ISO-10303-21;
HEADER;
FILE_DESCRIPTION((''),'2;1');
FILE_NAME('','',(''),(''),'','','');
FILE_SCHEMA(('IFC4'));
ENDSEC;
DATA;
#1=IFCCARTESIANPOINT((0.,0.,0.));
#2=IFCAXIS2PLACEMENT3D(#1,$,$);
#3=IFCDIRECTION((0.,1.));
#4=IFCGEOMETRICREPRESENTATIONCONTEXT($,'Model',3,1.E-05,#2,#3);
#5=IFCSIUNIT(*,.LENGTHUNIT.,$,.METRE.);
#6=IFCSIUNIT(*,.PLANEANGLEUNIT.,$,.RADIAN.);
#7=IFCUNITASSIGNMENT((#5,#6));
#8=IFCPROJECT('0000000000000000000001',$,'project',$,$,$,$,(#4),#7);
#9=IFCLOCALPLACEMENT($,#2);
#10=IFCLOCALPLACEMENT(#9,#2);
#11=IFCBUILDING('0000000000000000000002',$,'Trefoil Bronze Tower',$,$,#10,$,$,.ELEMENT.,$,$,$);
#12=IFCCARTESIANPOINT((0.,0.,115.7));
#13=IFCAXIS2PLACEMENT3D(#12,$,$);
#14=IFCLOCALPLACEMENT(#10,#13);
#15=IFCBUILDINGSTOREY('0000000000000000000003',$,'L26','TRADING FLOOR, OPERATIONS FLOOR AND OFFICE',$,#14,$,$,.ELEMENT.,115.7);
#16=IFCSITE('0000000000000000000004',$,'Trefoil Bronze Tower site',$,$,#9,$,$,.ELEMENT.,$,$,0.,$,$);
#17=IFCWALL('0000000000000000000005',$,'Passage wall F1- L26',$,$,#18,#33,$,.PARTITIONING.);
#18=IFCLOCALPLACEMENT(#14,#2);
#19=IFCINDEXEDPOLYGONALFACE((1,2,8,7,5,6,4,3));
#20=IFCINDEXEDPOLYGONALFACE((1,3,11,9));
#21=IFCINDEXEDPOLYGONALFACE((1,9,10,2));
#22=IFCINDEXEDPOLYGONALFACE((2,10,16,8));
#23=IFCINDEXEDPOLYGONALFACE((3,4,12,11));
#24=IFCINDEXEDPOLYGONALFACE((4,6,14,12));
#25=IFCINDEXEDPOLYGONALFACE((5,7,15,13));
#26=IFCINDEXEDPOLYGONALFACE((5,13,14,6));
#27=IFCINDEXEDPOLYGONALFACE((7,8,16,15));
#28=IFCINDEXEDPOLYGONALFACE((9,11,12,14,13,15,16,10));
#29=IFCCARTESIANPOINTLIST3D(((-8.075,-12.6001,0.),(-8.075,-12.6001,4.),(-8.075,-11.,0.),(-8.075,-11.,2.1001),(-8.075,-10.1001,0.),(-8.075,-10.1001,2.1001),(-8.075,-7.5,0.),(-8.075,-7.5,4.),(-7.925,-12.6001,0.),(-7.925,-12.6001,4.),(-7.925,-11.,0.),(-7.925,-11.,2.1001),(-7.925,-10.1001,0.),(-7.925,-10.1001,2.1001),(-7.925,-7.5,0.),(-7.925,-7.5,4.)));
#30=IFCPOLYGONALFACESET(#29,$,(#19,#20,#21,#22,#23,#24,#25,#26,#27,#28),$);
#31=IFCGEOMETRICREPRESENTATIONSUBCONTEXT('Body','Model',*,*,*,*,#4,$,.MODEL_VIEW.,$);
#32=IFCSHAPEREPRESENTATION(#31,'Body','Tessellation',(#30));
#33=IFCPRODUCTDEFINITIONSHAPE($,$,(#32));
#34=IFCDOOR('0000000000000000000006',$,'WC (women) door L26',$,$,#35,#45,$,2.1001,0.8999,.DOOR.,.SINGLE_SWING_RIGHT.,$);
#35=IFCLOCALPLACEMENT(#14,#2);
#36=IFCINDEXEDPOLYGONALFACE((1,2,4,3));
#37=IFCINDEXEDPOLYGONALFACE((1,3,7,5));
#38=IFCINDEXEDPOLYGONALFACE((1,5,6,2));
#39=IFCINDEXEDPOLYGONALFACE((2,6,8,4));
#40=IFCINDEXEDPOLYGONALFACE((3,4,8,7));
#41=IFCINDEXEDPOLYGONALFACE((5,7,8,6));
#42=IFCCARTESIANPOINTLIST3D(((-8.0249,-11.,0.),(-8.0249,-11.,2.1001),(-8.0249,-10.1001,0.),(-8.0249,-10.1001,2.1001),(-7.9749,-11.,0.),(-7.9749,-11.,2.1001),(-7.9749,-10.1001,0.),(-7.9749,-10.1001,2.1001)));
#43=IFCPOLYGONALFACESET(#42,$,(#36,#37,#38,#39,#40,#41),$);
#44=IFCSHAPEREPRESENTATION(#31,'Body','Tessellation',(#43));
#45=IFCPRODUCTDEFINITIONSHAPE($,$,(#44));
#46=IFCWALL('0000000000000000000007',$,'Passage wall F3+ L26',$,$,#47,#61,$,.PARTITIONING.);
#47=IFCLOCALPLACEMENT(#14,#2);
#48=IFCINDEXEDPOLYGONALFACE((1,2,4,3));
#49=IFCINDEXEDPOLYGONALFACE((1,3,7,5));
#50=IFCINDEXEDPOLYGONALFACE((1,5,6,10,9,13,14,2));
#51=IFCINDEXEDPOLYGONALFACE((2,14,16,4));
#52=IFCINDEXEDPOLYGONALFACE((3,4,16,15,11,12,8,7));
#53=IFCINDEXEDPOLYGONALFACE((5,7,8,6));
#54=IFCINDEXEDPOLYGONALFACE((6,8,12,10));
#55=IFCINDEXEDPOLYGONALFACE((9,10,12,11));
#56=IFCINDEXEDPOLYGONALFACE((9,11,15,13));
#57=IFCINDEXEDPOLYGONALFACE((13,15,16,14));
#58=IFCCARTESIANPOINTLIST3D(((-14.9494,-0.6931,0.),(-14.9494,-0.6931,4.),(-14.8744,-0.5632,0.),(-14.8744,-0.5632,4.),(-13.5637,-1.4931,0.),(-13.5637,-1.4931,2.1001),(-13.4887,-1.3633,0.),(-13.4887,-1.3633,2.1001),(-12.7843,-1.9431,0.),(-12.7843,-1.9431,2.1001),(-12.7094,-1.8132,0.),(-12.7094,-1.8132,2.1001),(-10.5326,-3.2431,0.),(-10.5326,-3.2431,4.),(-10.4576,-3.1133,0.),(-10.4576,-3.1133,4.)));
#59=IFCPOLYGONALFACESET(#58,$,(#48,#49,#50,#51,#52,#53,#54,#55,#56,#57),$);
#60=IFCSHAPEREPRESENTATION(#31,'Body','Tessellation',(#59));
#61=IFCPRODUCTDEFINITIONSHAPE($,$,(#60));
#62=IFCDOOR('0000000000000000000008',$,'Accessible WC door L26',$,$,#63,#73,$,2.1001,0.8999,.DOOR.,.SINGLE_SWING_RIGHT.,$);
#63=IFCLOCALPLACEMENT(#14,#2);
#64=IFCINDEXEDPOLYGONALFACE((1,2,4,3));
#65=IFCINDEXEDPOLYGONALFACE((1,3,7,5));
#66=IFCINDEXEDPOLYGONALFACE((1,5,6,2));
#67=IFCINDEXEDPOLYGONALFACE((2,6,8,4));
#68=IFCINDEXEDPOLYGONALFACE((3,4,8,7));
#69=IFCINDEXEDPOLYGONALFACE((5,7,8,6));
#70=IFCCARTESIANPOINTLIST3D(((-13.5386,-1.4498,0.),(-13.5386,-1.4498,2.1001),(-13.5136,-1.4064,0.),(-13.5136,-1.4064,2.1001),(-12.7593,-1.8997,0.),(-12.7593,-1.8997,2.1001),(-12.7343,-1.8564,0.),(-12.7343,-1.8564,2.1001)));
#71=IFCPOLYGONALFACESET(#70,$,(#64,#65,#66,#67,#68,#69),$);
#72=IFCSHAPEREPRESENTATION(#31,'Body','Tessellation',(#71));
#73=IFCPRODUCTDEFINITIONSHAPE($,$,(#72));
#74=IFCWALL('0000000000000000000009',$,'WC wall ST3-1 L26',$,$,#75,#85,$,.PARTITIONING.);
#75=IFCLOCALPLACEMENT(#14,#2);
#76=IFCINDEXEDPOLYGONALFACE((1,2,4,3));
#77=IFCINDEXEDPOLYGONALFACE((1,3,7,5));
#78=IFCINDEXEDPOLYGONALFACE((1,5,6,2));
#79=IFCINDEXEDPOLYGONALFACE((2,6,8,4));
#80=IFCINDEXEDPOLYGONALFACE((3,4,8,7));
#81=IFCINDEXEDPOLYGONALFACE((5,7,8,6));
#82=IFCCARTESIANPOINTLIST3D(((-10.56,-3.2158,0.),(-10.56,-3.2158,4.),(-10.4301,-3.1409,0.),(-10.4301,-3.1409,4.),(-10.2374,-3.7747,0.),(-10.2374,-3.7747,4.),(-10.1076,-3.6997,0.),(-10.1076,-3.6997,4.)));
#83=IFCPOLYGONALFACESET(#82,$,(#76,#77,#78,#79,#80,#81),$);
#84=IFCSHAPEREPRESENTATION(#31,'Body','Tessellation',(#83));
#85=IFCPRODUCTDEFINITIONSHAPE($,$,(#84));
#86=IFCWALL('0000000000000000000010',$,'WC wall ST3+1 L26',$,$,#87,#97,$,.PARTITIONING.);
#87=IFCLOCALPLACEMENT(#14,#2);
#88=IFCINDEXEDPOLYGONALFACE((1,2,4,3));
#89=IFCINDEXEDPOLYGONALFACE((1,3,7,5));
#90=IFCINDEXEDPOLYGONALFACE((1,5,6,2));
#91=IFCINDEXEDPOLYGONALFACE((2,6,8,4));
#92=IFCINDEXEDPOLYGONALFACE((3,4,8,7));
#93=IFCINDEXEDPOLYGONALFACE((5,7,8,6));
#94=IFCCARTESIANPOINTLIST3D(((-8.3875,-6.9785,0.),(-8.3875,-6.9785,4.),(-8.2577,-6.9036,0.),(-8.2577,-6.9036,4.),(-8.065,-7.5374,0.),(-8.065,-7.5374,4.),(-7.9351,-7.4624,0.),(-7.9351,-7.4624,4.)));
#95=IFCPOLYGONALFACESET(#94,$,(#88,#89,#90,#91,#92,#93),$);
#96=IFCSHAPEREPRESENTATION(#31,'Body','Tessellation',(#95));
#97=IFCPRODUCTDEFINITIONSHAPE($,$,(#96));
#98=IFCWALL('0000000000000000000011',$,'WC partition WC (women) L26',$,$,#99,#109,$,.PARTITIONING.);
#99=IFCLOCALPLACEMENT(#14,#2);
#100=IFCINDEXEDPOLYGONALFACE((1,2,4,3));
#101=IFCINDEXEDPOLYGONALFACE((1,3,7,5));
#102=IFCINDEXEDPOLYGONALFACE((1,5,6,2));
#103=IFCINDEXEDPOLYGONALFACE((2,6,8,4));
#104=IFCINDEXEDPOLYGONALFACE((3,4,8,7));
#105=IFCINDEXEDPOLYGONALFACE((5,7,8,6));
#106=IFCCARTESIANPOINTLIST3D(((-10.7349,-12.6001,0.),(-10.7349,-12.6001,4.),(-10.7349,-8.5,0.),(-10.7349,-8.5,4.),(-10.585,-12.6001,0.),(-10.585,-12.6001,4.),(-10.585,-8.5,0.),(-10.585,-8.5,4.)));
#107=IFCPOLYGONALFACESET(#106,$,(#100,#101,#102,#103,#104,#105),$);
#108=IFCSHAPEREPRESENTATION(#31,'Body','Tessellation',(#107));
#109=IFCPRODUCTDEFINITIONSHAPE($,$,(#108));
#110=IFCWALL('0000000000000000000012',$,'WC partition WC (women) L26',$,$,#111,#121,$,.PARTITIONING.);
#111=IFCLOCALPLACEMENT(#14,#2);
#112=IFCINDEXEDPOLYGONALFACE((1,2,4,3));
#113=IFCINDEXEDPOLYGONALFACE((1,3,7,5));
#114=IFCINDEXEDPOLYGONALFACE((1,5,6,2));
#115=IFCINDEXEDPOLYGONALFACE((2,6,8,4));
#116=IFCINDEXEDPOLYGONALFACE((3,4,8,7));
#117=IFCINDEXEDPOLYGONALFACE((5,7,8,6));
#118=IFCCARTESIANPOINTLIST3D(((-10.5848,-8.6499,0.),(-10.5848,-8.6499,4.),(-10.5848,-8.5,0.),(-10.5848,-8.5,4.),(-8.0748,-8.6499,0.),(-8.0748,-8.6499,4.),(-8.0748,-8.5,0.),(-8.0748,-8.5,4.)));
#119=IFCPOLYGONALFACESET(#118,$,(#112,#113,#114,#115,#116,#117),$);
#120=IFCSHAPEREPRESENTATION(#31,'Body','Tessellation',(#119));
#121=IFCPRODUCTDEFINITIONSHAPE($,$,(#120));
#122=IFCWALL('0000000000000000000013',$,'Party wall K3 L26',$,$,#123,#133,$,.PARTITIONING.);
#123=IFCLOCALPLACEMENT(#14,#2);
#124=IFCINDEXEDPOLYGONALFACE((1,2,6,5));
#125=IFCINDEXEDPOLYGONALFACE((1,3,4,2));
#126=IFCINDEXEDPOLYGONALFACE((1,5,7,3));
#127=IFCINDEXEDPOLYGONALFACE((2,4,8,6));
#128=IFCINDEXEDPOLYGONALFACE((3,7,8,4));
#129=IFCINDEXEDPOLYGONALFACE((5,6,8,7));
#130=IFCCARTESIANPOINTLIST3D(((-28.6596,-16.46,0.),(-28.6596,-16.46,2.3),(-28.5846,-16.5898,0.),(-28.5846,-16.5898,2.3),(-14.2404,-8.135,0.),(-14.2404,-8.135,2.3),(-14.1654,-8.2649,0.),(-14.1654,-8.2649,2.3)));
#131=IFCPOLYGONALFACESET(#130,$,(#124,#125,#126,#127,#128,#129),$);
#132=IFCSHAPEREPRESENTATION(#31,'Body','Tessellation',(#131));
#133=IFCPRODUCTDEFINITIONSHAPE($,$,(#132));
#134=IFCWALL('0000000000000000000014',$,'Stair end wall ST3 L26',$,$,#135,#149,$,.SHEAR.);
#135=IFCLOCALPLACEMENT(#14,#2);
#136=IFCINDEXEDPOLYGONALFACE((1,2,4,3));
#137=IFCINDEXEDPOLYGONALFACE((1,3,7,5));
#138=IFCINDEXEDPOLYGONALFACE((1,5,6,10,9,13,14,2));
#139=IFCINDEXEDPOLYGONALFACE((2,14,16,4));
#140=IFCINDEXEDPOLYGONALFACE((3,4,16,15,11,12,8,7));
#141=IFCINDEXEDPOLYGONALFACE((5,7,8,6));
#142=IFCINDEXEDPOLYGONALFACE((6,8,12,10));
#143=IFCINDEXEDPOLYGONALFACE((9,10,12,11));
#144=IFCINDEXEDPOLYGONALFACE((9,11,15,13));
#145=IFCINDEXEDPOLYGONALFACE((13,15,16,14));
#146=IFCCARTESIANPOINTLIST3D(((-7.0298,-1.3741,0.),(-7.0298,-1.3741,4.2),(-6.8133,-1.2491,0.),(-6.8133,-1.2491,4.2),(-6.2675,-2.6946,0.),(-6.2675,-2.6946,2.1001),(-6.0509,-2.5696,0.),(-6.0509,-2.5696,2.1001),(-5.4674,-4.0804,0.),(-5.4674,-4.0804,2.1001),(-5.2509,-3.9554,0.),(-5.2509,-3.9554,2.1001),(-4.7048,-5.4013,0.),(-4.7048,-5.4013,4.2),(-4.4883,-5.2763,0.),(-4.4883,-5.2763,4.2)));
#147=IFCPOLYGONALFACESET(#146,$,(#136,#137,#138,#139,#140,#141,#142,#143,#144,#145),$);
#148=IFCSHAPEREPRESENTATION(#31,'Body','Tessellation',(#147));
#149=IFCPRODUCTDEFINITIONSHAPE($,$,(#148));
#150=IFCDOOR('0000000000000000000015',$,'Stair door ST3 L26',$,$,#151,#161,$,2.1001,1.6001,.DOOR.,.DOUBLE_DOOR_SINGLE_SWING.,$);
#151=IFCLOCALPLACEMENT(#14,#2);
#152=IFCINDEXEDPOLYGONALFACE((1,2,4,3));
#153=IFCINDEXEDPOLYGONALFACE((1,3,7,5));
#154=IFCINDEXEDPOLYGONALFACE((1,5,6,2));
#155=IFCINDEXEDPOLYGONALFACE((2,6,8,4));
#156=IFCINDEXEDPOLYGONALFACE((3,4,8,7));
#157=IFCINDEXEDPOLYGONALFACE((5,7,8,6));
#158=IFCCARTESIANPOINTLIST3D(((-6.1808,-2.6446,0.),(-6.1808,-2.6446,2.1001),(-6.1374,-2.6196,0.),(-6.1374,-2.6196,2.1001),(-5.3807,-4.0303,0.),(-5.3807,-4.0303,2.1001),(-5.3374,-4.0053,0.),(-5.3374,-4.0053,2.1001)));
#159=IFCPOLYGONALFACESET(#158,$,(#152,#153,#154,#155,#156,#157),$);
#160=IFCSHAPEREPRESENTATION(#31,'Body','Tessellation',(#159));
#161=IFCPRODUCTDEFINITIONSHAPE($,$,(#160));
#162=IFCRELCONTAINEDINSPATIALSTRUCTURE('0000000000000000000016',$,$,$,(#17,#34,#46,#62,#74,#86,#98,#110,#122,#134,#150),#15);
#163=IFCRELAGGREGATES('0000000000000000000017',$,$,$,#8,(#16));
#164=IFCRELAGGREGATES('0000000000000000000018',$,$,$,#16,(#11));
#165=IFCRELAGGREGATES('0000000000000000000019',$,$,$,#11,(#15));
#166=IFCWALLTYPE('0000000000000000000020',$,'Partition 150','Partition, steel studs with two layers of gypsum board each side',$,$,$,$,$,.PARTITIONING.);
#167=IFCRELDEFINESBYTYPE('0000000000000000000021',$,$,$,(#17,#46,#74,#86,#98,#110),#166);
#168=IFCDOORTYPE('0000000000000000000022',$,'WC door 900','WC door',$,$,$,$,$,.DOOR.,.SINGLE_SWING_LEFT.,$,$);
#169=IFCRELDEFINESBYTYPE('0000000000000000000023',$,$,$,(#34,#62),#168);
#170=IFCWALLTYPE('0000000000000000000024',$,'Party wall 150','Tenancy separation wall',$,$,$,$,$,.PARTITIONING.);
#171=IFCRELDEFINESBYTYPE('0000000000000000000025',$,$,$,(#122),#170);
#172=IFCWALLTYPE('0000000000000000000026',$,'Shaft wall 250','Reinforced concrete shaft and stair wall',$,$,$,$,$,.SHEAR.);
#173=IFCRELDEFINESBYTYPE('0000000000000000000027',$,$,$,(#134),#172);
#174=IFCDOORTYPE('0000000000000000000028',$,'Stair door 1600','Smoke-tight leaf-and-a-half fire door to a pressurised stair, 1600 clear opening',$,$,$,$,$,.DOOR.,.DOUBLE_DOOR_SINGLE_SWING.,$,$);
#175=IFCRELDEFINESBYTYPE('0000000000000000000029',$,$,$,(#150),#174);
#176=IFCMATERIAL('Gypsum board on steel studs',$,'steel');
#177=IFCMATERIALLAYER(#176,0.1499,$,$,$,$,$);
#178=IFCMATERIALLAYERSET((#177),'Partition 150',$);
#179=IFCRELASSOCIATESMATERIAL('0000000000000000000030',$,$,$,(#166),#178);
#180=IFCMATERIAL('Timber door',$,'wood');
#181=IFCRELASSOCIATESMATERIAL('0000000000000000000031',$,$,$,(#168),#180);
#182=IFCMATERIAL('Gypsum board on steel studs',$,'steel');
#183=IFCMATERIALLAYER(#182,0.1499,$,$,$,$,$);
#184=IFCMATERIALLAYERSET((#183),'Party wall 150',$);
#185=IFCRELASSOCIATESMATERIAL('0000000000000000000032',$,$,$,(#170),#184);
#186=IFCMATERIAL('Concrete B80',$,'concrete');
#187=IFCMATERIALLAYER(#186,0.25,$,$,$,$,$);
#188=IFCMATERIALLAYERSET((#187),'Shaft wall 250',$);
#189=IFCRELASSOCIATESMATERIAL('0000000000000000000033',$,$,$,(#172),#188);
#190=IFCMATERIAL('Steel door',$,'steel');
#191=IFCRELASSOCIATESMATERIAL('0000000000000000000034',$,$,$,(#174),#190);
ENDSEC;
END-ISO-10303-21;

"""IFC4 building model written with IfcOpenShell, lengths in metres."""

from ifc_helpers import new_model, si_unit, direction, frame, frame_2d, origin, place, context, subcontext, project, spatial, rectangle, extrude, material, layer, layer_set, type_object, element, fill, save


model = new_model("IFC4")

# Units and contexts
model_context = context("Model", 3, precision=1e-05, world=origin(), true_north=direction((0.0, 1.0)))
body_context = subcontext(model_context, "Body", "Model", "MODEL_VIEW")
ifc_project = project(units=[si_unit("LENGTHUNIT", "METRE"), si_unit("PLANEANGLEUNIT", "RADIAN")], contexts=[model_context])

# Site, building, storey
site_placement = place(None, origin())
site = spatial("IfcSite", under=ifc_project, at=site_placement, Name="Trefoil Bronze Tower site", CompositionType="ELEMENT", RefElevation=0.0)
building_placement = place(site_placement, origin())
building = spatial("IfcBuilding", under=site, at=building_placement, Name="Trefoil Bronze Tower", CompositionType="ELEMENT")
storey_placement = place(building_placement, frame((0.0, 0.0, 115.7)))
storey = spatial("IfcBuildingStorey", under=building, at=storey_placement, Name="L26", Description="TRADING FLOOR, OPERATIONS FLOOR AND OFFICE", CompositionType="ELEMENT", Elevation=115.7)

# Walls, openings, doors
ifc_material_1 = material(Name="Gypsum board on steel studs", Category="steel")
ifc_layer_1 = layer(ifc_material_1, 0.1499)
ifc_layer_set_1 = layer_set([ifc_layer_1], Name="Partition 150")
wall_type_1 = type_object("IfcWallType", Name="Partition 150", Description="Partition, steel studs with two layers of gypsum board each side", PredefinedType="PARTITIONING", material=ifc_layer_set_1)
wall_1_placement = place(storey_placement, frame((-8.0, -7.5, 0.0), z_axis=(0.0, 0.0, 1.0), x_axis=(0.0, -1.0, 0.0)))
wall_1 = element("IfcWall", 1, at=wall_1_placement, inside=storey, type_object=wall_type_1, Name="Passage wall F1- L26", PredefinedType="PARTITIONING", context=body_context, shape_type="SweptSolid", body=[
    extrude(rectangle(XDim=5.1001, YDim=0.1499, at=frame_2d((2.55, 0.0))), origin(), (0.0, 0.0, 1.0), 4.0),
])
opening_1_placement = place(wall_1_placement, frame((2.6001, 0.0, 0.0)))
opening_1 = element("IfcOpeningElement", 2, at=opening_1_placement, cuts=wall_1, PredefinedType="OPENING", context=body_context, shape_type="SweptSolid", body=[
    extrude(rectangle(XDim=0.8999, YDim=2.1001, at=frame_2d((0.45, 1.05))), frame((0.0, 0.085, 0.0), z_axis=(0.0, -1.0, 0.0), x_axis=(1.0, 0.0, 0.0)), (0.0, 0.0, 1.0), 0.1699),
])
ifc_material_2 = material(Name="Timber door", Category="wood")
door_type_1 = type_object("IfcDoorType", Name="WC door 900", Description="WC door", OperationType="SINGLE_SWING_LEFT", PredefinedType="DOOR", material=ifc_material_2)
door_1_placement = place(opening_1_placement, frame((0.8999, 0.0, 0.0), z_axis=(0.0, 0.0, 1.0), x_axis=(-1.0, 0.0, 0.0)))
door_1 = element("IfcDoor", 3, at=door_1_placement, inside=storey, type_object=door_type_1, Name="WC (women) door L26", OperationType="SINGLE_SWING_RIGHT", OverallHeight=2.1001, OverallWidth=0.8999, PredefinedType="DOOR", context=body_context, shape_type="SweptSolid", body=[
    extrude(rectangle(XDim=0.8999, YDim=2.1001, at=frame_2d((0.45, 1.05))), frame((0.0, 0.0249, 0.0), z_axis=(0.0, -1.0, 0.0), x_axis=(1.0, 0.0, 0.0)), (0.0, 0.0, 1.0), 0.05),
])
fill(opening_1, door_1)
wall_2_placement = place(storey_placement, frame((-10.4951, -3.1782, 0.0), z_axis=(0.0, 0.0, 1.0), x_axis=(-0.866022, 0.500006, 0.0)))
wall_2 = element("IfcWall", 4, at=wall_2_placement, inside=storey, type_object=wall_type_1, Name="Passage wall F3+ L26", PredefinedType="PARTITIONING", context=body_context, shape_type="SweptSolid", body=[
    extrude(rectangle(XDim=5.1001, YDim=0.1499, at=frame_2d((2.55, 0.0))), origin(), (0.0, 0.0, 1.0), 4.0),
])
opening_2_placement = place(wall_2_placement, frame((2.6001, 0.0, 0.0)))
opening_2 = element("IfcOpeningElement", 5, at=opening_2_placement, cuts=wall_2, PredefinedType="OPENING", context=body_context, shape_type="SweptSolid", body=[
    extrude(rectangle(XDim=0.8999, YDim=2.1001, at=frame_2d((0.45, 1.05))), frame((0.0, 0.085, 0.0), z_axis=(0.0, -1.0, 0.0), x_axis=(1.0, 0.0, 0.0)), (0.0, 0.0, 1.0), 0.1699),
])
door_2_placement = place(opening_2_placement, origin())
door_2 = element("IfcDoor", 6, at=door_2_placement, inside=storey, type_object=door_type_1, Name="Accessible WC door L26", OperationType="SINGLE_SWING_RIGHT", OverallHeight=2.1001, OverallWidth=0.8999, PredefinedType="DOOR", context=body_context, shape_type="SweptSolid", body=[
    extrude(rectangle(XDim=0.8999, YDim=2.1001, at=frame_2d((0.45, 1.05))), frame((0.0, 0.0249, 0.0), z_axis=(0.0, -1.0, 0.0), x_axis=(1.0, 0.0, 0.0)), (0.0, 0.0, 1.0), 0.05),
])
fill(opening_2, door_2)

# Walls
for number, where, z_axis, x_axis, name in (
    (7, (-10.4951, -3.1782, 0.0), (0.0, 0.0, 1.0), (0.499843, -0.866116, 0.0), "WC wall ST3-1 L26"),
    (8, (-8.0, -7.5, 0.0), (0.0, 0.0, 1.0), (-0.499843, 0.866116, 0.0), "WC wall ST3+1 L26"),
):
    element("IfcWall", number, at=place(storey_placement, frame(where, z_axis=z_axis, x_axis=x_axis)), inside=storey, type_object=wall_type_1, Name=name, PredefinedType="PARTITIONING", context=body_context, shape_type="SweptSolid", body=[
        extrude(rectangle(XDim=0.6453, YDim=0.1499, at=frame_2d((0.3228, 0.0))), origin(), (0.0, 0.0, 1.0), 4.0),
    ])
wall_3_placement = place(storey_placement, frame((-10.6599, -8.5, 0.0), z_axis=(0.0, 0.0, 1.0), x_axis=(0.0, -1.0, 0.0)))
element("IfcWall", 9, at=wall_3_placement, inside=storey, type_object=wall_type_1, Name="WC partition WC (women) L26", PredefinedType="PARTITIONING", context=body_context, shape_type="SweptSolid", body=[
    extrude(rectangle(XDim=4.1001, YDim=0.1499, at=frame_2d((2.05, 0.0))), origin(), (0.0, 0.0, 1.0), 4.0),
])
wall_4_placement = place(storey_placement, frame((-8.075, -8.575, 0.0), z_axis=(0.0, 0.0, 1.0), x_axis=(-1.0, 0.0, 0.0)))
element("IfcWall", 10, at=wall_4_placement, inside=storey, type_object=wall_type_1, Name="WC partition WC (women) L26", PredefinedType="PARTITIONING", context=body_context, shape_type="SweptSolid", body=[
    extrude(rectangle(XDim=2.51, YDim=0.1499, at=frame_2d((1.2549, 0.0))), origin(), (0.0, 0.0, 1.0), 4.0),
])
ifc_material_3 = material(Name="Gypsum board on steel studs", Category="steel")
ifc_layer_2 = layer(ifc_material_3, 0.1499)
ifc_layer_set_2 = layer_set([ifc_layer_2], Name="Party wall 150")
wall_type_2 = type_object("IfcWallType", Name="Party wall 150", Description="Tenancy separation wall", PredefinedType="PARTITIONING", material=ifc_layer_set_2)
wall_5_placement = place(storey_placement, frame((-14.2029, -8.2, 0.0), z_axis=(0.0, 0.0, 1.0), x_axis=(-0.866025, -0.500001, 0.0)))
element("IfcWall", 11, at=wall_5_placement, inside=storey, type_object=wall_type_2, Name="Party wall K3 L26", PredefinedType="PARTITIONING", context=body_context, shape_type="SweptSolid", body=[
    extrude(rectangle(XDim=16.6499, YDim=0.1499, at=frame_2d((8.325, 0.0))), origin(), (0.0, 0.0, 1.0), 2.3),
])

# Wall, opening, door
ifc_material_4 = material(Name="Concrete B80", Category="concrete")
ifc_layer_3 = layer(ifc_material_4, 0.25)
ifc_layer_set_3 = layer_set([ifc_layer_3], Name="Shaft wall 250")
wall_type_3 = type_object("IfcWallType", Name="Shaft wall 250", Description="Reinforced concrete shaft and stair wall", PredefinedType="SHEAR", material=ifc_layer_set_3)
wall_6_placement = place(storey_placement, frame((-6.9216, -1.3115, 0.0), z_axis=(0.0, 0.0, 1.0), x_axis=(0.499985, -0.866034, 0.0)))
wall_6 = element("IfcWall", 12, at=wall_6_placement, inside=storey, type_object=wall_type_3, Name="Stair end wall ST3 L26", PredefinedType="SHEAR", context=body_context, shape_type="SweptSolid", body=[
    extrude(rectangle(XDim=4.6501, YDim=0.25, at=frame_2d((2.3252, 0.0))), origin(), (0.0, 0.0, 1.0), 4.2),
])
opening_3_placement = place(wall_6_placement, frame((1.5249, 0.0, 0.0)))
opening_3 = element("IfcOpeningElement", 13, at=opening_3_placement, cuts=wall_6, PredefinedType="OPENING", context=body_context, shape_type="SweptSolid", body=[
    extrude(rectangle(XDim=1.6001, YDim=2.1001, at=frame_2d((0.8, 1.05))), frame((0.0, 0.135, 0.0), z_axis=(0.0, -1.0, 0.0), x_axis=(1.0, 0.0, 0.0)), (0.0, 0.0, 1.0), 0.27),
])
ifc_material_5 = material(Name="Steel door", Category="steel")
door_type_2 = type_object("IfcDoorType", Name="Stair door 1600", Description="Smoke-tight leaf-and-a-half fire door to a pressurised stair, 1600 clear opening", OperationType="DOUBLE_DOOR_SINGLE_SWING", PredefinedType="DOOR", material=ifc_material_5)
door_3_placement = place(opening_3_placement, frame((1.6001, 0.0, 0.0), z_axis=(0.0, 0.0, 1.0), x_axis=(-1.0, 0.0, 0.0)))
door_3 = element("IfcDoor", 14, at=door_3_placement, inside=storey, type_object=door_type_2, Name="Stair door ST3 L26", OperationType="DOUBLE_DOOR_SINGLE_SWING", OverallHeight=2.1001, OverallWidth=1.6001, PredefinedType="DOOR", context=body_context, shape_type="SweptSolid", body=[
    extrude(rectangle(XDim=1.6001, YDim=2.1001, at=frame_2d((0.8, 1.05))), frame((0.0, 0.0249, 0.0), z_axis=(0.0, -1.0, 0.0), x_axis=(1.0, 0.0, 0.0)), (0.0, 0.0, 1.0), 0.05),
])
fill(opening_3, door_3)

save(model, "model.ifc")
